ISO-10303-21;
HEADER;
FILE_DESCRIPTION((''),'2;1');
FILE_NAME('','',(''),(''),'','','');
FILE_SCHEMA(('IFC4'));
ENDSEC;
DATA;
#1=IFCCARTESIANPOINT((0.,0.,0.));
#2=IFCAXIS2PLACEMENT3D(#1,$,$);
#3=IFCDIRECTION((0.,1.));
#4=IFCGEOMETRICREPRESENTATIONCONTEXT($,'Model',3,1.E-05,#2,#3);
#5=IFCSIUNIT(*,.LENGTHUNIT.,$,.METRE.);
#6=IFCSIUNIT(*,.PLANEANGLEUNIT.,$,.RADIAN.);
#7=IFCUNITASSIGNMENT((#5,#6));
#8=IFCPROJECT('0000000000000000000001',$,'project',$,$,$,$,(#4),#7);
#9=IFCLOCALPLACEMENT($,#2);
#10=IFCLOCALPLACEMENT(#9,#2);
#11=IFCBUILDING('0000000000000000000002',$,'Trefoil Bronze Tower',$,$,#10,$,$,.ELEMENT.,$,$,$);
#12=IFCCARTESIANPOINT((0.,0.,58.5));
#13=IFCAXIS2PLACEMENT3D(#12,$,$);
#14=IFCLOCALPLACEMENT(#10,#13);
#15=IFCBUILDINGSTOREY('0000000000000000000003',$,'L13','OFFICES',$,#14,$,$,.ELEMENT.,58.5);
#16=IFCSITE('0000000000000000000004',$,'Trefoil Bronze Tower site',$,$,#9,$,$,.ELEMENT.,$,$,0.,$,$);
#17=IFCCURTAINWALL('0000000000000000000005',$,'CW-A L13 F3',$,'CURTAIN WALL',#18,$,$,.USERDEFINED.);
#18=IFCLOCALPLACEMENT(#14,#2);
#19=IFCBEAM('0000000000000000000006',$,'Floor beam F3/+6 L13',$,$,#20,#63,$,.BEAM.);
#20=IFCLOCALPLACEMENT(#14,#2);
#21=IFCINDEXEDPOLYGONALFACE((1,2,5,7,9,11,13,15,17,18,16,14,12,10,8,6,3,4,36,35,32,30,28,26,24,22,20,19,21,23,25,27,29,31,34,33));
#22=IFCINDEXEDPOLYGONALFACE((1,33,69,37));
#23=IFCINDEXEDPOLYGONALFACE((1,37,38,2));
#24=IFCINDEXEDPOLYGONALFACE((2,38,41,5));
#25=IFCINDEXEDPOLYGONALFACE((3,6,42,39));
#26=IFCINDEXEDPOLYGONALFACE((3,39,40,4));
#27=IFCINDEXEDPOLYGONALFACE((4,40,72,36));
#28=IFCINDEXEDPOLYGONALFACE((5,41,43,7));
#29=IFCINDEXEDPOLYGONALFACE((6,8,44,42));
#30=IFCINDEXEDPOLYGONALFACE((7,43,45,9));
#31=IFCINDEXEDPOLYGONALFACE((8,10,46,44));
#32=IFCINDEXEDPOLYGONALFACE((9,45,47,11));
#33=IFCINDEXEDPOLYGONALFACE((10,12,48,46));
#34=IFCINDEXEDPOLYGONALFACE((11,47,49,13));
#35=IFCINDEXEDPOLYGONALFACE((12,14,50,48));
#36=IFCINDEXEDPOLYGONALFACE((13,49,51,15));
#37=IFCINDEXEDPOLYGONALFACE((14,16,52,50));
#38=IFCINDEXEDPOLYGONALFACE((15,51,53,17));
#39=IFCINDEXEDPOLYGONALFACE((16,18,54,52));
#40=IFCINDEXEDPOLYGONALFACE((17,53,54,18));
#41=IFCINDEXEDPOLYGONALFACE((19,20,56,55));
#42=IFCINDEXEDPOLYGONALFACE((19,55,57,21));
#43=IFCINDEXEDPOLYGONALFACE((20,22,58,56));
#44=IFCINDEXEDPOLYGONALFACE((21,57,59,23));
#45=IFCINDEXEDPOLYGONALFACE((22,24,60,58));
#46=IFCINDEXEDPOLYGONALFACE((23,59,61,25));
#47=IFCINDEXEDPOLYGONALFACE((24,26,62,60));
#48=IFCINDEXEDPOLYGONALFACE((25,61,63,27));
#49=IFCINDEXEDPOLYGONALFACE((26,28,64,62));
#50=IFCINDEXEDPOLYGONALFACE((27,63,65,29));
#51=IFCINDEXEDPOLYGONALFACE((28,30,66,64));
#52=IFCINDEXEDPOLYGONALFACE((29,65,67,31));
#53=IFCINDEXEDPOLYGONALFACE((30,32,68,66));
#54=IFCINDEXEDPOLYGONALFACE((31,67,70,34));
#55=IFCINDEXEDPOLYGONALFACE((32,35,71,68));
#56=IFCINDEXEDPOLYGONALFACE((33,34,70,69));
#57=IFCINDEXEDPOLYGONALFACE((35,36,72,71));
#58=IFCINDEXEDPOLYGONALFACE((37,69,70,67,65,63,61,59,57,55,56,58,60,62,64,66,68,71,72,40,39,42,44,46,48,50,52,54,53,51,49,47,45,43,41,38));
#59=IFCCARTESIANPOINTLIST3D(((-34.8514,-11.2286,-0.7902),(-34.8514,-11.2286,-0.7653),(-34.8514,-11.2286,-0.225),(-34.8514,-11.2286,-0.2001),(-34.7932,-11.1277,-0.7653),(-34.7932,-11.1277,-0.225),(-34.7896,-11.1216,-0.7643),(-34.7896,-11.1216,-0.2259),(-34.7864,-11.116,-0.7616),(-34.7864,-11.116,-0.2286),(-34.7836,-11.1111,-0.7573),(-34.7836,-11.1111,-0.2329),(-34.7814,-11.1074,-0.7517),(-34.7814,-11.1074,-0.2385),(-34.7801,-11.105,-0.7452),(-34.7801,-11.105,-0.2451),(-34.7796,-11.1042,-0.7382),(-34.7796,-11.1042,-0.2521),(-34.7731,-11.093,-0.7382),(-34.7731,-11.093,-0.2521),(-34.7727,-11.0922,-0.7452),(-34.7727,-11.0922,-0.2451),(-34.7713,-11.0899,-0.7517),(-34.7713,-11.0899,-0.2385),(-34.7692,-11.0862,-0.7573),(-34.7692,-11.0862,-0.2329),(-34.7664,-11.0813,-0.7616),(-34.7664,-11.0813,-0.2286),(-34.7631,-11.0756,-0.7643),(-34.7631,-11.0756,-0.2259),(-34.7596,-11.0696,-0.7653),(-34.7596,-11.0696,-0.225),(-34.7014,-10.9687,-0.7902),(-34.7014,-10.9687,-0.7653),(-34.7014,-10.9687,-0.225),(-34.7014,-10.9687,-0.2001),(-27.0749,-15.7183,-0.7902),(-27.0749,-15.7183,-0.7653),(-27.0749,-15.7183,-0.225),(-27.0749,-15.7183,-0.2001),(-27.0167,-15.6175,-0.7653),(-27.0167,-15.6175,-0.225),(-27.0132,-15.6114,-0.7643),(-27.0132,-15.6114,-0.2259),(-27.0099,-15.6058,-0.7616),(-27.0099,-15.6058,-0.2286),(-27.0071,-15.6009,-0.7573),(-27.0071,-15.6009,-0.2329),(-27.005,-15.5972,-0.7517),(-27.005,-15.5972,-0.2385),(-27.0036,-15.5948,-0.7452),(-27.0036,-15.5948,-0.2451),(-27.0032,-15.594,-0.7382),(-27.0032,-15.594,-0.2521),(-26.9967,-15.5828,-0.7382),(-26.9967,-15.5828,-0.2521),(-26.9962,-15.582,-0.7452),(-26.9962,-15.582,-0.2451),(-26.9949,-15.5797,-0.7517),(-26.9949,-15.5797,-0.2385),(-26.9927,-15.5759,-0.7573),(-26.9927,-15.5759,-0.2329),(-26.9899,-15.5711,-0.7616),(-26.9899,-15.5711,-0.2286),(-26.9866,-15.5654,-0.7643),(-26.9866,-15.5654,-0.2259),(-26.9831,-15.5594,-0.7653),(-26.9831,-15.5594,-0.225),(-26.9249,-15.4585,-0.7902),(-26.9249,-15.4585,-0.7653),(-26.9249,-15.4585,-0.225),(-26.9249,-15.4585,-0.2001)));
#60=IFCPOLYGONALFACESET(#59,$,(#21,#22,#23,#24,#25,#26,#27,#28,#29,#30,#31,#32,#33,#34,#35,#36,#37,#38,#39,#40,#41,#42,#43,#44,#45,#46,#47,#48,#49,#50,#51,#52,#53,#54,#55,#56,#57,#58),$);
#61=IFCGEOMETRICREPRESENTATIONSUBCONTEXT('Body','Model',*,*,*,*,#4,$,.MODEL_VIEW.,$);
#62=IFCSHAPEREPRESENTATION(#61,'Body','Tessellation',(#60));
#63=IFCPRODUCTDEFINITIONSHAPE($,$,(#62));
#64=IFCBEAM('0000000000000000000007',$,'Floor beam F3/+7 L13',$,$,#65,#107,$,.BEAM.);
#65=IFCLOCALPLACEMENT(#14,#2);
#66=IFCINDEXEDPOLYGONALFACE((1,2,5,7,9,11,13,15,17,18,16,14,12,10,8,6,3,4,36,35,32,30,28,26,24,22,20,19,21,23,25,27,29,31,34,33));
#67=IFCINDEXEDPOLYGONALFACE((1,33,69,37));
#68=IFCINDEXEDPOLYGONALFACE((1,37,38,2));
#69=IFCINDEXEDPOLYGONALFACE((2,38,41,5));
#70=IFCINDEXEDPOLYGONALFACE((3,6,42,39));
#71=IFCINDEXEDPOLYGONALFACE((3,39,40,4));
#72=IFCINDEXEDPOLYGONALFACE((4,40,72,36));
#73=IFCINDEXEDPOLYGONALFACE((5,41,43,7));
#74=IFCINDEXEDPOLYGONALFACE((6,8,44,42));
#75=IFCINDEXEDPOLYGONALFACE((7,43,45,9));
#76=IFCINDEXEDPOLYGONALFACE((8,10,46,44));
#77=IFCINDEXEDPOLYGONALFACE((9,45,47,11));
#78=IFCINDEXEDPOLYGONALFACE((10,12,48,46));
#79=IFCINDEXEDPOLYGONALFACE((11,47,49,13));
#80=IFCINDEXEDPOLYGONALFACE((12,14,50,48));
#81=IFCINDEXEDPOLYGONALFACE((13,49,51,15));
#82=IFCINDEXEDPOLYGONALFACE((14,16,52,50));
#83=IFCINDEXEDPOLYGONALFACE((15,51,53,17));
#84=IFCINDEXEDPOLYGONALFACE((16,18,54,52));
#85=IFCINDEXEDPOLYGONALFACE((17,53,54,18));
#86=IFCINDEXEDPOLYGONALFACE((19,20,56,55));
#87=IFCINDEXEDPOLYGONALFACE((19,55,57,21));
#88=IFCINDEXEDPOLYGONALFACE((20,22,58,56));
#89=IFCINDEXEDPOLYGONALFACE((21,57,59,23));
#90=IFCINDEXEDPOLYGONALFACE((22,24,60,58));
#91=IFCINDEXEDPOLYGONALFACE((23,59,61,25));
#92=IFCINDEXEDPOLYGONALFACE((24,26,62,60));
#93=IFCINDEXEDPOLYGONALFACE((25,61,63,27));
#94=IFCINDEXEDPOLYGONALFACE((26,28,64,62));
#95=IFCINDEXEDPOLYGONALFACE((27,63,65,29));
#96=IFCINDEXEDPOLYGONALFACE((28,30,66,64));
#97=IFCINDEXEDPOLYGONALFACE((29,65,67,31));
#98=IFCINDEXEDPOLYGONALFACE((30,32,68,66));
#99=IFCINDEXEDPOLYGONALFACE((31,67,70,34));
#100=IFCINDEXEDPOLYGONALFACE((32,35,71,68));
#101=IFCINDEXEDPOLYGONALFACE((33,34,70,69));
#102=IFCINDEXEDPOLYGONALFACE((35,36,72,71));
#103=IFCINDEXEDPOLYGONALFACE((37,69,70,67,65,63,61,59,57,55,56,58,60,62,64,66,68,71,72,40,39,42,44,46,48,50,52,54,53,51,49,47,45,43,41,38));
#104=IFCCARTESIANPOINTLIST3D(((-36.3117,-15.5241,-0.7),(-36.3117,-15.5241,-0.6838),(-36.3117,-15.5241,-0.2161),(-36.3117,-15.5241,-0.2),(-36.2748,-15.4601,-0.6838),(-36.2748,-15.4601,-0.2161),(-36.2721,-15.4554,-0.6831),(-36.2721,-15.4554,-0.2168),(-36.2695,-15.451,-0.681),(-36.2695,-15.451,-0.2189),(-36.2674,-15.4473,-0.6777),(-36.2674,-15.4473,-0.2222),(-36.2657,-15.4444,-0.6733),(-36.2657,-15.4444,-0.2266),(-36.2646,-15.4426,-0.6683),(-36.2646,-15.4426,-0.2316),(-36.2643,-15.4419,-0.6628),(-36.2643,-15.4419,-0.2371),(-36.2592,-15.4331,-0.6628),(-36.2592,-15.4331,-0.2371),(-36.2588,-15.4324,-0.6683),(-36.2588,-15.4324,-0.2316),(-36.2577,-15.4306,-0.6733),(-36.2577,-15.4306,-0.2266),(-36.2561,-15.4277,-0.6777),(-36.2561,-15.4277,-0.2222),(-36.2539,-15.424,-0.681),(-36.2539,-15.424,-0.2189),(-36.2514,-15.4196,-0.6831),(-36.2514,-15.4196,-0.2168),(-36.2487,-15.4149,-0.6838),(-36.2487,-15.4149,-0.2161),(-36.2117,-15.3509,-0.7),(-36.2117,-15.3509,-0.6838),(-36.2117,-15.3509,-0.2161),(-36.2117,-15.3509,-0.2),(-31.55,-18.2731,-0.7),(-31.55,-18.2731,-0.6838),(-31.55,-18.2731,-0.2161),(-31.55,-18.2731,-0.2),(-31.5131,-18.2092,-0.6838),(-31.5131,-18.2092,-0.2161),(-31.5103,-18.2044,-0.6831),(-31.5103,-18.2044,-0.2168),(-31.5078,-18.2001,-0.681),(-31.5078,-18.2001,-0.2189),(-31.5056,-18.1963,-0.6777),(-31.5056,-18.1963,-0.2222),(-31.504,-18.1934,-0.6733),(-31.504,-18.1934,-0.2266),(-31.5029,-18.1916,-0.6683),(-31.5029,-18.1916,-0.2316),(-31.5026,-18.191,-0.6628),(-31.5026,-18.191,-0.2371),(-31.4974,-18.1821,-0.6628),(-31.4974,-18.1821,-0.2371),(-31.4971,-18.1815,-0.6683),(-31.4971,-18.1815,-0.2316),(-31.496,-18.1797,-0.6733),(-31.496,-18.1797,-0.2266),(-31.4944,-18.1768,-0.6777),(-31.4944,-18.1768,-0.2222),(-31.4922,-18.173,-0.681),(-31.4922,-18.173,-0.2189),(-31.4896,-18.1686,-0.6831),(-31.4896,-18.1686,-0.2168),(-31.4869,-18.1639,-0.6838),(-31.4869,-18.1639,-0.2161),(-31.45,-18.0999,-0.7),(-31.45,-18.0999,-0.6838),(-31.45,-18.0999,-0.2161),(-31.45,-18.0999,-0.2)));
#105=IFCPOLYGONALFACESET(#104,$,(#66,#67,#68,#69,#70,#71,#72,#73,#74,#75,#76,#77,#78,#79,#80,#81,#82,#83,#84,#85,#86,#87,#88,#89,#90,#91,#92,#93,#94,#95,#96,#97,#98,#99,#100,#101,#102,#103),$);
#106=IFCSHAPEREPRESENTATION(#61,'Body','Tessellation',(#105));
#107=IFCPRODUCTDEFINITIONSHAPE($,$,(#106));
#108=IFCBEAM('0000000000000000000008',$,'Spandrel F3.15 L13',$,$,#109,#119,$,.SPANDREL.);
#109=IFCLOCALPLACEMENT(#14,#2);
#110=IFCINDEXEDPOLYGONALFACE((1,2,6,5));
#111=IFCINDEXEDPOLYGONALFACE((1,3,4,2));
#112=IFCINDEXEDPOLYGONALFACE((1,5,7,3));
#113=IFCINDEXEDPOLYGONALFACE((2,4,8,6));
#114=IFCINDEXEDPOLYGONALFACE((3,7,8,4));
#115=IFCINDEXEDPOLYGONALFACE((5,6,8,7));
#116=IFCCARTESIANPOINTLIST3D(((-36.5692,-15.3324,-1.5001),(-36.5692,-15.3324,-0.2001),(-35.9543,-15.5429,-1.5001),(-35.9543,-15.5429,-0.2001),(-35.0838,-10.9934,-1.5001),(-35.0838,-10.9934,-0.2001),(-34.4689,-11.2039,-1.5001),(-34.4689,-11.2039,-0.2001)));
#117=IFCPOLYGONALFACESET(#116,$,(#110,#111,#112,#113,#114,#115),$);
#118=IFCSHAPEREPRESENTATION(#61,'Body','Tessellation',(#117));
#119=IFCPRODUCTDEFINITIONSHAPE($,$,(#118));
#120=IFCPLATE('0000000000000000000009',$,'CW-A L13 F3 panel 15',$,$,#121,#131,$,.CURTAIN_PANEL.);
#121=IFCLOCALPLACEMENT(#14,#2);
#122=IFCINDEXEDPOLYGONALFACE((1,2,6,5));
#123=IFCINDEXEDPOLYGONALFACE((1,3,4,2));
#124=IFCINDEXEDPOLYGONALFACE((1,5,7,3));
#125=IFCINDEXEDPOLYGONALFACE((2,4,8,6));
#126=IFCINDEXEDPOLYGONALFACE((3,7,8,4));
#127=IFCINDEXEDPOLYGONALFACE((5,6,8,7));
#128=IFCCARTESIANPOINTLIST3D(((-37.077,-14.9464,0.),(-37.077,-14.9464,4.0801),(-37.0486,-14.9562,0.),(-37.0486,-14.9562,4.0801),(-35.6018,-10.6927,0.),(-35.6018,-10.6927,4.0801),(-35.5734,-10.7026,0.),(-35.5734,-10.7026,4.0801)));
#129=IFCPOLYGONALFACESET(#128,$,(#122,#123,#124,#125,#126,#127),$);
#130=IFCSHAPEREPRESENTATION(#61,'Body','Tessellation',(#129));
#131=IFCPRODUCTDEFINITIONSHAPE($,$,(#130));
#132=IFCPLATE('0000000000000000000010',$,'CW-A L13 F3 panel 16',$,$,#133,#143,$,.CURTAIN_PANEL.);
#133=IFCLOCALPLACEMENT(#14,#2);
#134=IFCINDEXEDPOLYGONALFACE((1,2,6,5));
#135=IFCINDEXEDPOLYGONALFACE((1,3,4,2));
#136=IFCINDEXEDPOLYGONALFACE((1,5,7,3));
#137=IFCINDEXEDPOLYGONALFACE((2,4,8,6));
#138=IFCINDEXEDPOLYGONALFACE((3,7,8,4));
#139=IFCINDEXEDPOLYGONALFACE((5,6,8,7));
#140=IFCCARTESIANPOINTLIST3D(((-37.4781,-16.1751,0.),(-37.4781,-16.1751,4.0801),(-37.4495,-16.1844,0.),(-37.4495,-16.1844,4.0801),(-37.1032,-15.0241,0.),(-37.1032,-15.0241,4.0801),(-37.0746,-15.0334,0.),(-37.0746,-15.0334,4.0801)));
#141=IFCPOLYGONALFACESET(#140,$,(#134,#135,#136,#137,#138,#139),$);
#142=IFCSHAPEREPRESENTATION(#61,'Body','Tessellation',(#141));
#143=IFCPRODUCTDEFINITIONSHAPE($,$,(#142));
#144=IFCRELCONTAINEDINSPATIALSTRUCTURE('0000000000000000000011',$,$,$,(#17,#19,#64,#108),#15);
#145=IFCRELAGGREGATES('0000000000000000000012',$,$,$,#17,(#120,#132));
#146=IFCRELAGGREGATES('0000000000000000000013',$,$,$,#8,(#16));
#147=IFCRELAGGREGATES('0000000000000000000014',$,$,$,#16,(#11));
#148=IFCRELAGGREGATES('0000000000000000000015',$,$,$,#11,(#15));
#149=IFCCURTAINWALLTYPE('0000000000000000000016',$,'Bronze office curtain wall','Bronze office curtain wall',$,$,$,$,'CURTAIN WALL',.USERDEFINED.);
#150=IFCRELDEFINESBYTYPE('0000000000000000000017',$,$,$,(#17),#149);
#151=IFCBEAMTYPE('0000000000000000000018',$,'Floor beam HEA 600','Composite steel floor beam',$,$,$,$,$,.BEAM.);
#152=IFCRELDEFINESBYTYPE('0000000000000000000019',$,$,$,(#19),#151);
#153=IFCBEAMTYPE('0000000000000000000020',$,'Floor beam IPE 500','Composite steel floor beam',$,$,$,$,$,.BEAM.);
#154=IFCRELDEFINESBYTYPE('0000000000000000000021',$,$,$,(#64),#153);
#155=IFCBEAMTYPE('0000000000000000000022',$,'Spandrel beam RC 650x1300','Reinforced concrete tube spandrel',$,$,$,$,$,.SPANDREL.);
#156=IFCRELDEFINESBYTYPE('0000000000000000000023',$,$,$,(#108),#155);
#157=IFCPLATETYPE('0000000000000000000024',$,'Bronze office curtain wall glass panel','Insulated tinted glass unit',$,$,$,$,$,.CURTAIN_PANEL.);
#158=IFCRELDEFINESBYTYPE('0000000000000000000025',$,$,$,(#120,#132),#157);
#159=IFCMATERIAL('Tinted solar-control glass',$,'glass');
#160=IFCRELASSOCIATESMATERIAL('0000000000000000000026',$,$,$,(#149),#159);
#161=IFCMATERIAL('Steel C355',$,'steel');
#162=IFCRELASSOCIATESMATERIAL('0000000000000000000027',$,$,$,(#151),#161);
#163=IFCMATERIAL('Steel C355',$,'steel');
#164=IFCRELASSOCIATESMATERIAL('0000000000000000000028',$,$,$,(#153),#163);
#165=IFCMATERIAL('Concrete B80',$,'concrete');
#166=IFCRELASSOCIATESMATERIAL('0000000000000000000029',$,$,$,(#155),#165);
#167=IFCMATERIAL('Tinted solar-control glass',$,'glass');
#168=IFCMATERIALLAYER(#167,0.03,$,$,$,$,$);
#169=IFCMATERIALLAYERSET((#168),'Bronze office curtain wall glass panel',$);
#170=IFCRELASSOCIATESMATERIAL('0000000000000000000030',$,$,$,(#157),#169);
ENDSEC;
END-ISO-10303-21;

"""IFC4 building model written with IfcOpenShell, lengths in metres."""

from ifc_helpers import new_model, si_unit, direction, frame, origin, origin_2d, place, context, subcontext, project, spatial, rectangle, i_section, extrude, material, layer, layer_set, material_profile, profile_set, type_object, element, aggregate, save


model = new_model("IFC4")

# Units and contexts
model_context = context("Model", 3, precision=1e-05, world=origin(), true_north=direction((0.0, 1.0)))
body_context = subcontext(model_context, "Body", "Model", "MODEL_VIEW")
ifc_project = project(units=[si_unit("LENGTHUNIT", "METRE"), si_unit("PLANEANGLEUNIT", "RADIAN")], contexts=[model_context])

# Site, building, storey
site_placement = place(None, origin())
site = spatial("IfcSite", under=ifc_project, at=site_placement, Name="Trefoil Bronze Tower site", CompositionType="ELEMENT", RefElevation=0.0)
building_placement = place(site_placement, origin())
building = spatial("IfcBuilding", under=site, at=building_placement, Name="Trefoil Bronze Tower", CompositionType="ELEMENT")
storey_placement = place(building_placement, frame((0.0, 0.0, 58.5)))
storey = spatial("IfcBuildingStorey", under=building, at=storey_placement, Name="L13", Description="OFFICES", CompositionType="ELEMENT", Elevation=58.5)

# Curtain wall
ifc_material_1 = material(Name="Tinted solar-control glass", Category="glass")
curtain_wall_type_1 = type_object("IfcCurtainWallType", Name="Bronze office curtain wall", Description="Bronze office curtain wall", ElementType="CURTAIN WALL", PredefinedType="USERDEFINED", material=ifc_material_1)
curtain_wall_1_placement = place(storey_placement, origin())
curtain_wall_1 = element("IfcCurtainWall", 1, at=curtain_wall_1_placement, inside=storey, type_object=curtain_wall_type_1, Name="CW-A L13 F3", ObjectType="CURTAIN WALL", PredefinedType="USERDEFINED")

# Beams
ifc_material_2 = material(Name="Steel C355", Category="steel")
ifc_material_profile_1 = material_profile(ifc_material_2, i_section(OverallWidth=0.3, OverallDepth=0.5901, WebThickness=0.0129, FlangeThickness=0.0249, FilletRadius=0.0271, at=origin_2d()), Name="HEA 600")
ifc_profile_set_1 = profile_set([ifc_material_profile_1], Name="Steel C355")
beam_type_1 = type_object("IfcBeamType", Name="Floor beam HEA 600", Description="Composite steel floor beam", PredefinedType="BEAM", material=ifc_profile_set_1)
beam_1_placement = place(storey_placement, frame((-34.7764, -11.0986, -0.4951), z_axis=(0.866023, -0.500005, 0.0), x_axis=(0.500005, 0.866023, 0.0)))
element("IfcBeam", 2, at=beam_1_placement, inside=storey, type_object=beam_type_1, Name="Floor beam F3/+6 L13", PredefinedType="BEAM", context=body_context, shape_type="SweptSolid", body=[
    extrude(i_section(OverallWidth=0.3, OverallDepth=0.5901, WebThickness=0.0129, FlangeThickness=0.0249, FilletRadius=0.0271, at=origin_2d()), origin(), (0.0, 0.0, 1.0), 8.9795),
])
ifc_material_3 = material(Name="Steel C355", Category="steel")
ifc_material_profile_2 = material_profile(ifc_material_3, i_section(OverallWidth=0.2, OverallDepth=0.5, WebThickness=0.0103, FlangeThickness=0.0161, FilletRadius=0.021, at=origin_2d()), Name="IPE 500")
ifc_profile_set_2 = profile_set([ifc_material_profile_2], Name="Steel C355")
beam_type_2 = type_object("IfcBeamType", Name="Floor beam IPE 500", Description="Composite steel floor beam", PredefinedType="BEAM", material=ifc_profile_set_2)
beam_2_placement = place(storey_placement, frame((-36.2617, -15.4375, -0.45), z_axis=(0.866038, -0.499979, 0.0), x_axis=(0.499979, 0.866038, 0.0)))
element("IfcBeam", 3, at=beam_2_placement, inside=storey, type_object=beam_type_2, Name="Floor beam F3/+7 L13", PredefinedType="BEAM", context=body_context, shape_type="SweptSolid", body=[
    extrude(i_section(OverallWidth=0.2, OverallDepth=0.5, WebThickness=0.0103, FlangeThickness=0.0161, FilletRadius=0.021, at=origin_2d()), origin(), (0.0, 0.0, 1.0), 5.4983),
])
ifc_material_4 = material(Name="Concrete B80", Category="concrete")
ifc_material_profile_3 = material_profile(ifc_material_4, rectangle(XDim=0.6499, YDim=1.3, at=origin_2d()), Name="RC 650x1300")
ifc_profile_set_3 = profile_set([ifc_material_profile_3], Name="Concrete B80")
beam_type_3 = type_object("IfcBeamType", Name="Spandrel beam RC 650x1300", Description="Reinforced concrete tube spandrel", PredefinedType="SPANDREL", material=ifc_profile_set_3)
beam_3_placement = place(storey_placement, frame((-34.7764, -11.0986, -0.8501), z_axis=(-0.323883, -0.946097, 0.0), x_axis=(0.946097, -0.323883, 0.0)))
element("IfcBeam", 4, at=beam_3_placement, inside=storey, type_object=beam_type_3, Name="Spandrel F3.15 L13", PredefinedType="SPANDREL", context=body_context, shape_type="SweptSolid", body=[
    extrude(rectangle(XDim=0.6499, YDim=1.3, at=origin_2d()), origin(), (0.0, 0.0, 1.0), 4.5862),
])

# Plates
ifc_material_5 = material(Name="Tinted solar-control glass", Category="glass")
ifc_layer_1 = layer(ifc_material_5, 0.03)
ifc_layer_set_1 = layer_set([ifc_layer_1], Name="Bronze office curtain wall glass panel")
plate_type = type_object("IfcPlateType", Name="Bronze office curtain wall glass panel", Description="Insulated tinted glass unit", PredefinedType="CURTAIN_PANEL", material=ifc_layer_set_1)
plate_1_placement = place(storey_placement, frame((-36.3252, -12.8245, 0.0), z_axis=(0.0, 0.0, 1.0), x_axis=(-0.327674, -0.944791, 0.0)))
plate_1 = element("IfcPlate", 5, at=plate_1_placement, type_object=plate_type, Name="CW-A L13 F3 panel 15", PredefinedType="CURTAIN_PANEL", context=body_context, shape_type="SweptSolid", body=[
    extrude(rectangle(XDim=4.5022, YDim=0.03, at=origin_2d()), origin(), (0.0, 0.0, 1.0), 4.0801),
])
plate_2_placement = place(storey_placement, frame((-37.2764, -15.6042, 0.0), z_axis=(0.0, 0.0, 1.0), x_axis=(-0.309728, -0.950825, 0.0)))
plate_2 = element("IfcPlate", 6, at=plate_2_placement, type_object=plate_type, Name="CW-A L13 F3 panel 16", PredefinedType="CURTAIN_PANEL", context=body_context, shape_type="SweptSolid", body=[
    extrude(rectangle(XDim=1.2104, YDim=0.03, at=origin_2d()), origin(), (0.0, 0.0, 1.0), 4.0801),
])
aggregate(curtain_wall_1, [plate_1, plate_2])

save(model, "model.ifc")
